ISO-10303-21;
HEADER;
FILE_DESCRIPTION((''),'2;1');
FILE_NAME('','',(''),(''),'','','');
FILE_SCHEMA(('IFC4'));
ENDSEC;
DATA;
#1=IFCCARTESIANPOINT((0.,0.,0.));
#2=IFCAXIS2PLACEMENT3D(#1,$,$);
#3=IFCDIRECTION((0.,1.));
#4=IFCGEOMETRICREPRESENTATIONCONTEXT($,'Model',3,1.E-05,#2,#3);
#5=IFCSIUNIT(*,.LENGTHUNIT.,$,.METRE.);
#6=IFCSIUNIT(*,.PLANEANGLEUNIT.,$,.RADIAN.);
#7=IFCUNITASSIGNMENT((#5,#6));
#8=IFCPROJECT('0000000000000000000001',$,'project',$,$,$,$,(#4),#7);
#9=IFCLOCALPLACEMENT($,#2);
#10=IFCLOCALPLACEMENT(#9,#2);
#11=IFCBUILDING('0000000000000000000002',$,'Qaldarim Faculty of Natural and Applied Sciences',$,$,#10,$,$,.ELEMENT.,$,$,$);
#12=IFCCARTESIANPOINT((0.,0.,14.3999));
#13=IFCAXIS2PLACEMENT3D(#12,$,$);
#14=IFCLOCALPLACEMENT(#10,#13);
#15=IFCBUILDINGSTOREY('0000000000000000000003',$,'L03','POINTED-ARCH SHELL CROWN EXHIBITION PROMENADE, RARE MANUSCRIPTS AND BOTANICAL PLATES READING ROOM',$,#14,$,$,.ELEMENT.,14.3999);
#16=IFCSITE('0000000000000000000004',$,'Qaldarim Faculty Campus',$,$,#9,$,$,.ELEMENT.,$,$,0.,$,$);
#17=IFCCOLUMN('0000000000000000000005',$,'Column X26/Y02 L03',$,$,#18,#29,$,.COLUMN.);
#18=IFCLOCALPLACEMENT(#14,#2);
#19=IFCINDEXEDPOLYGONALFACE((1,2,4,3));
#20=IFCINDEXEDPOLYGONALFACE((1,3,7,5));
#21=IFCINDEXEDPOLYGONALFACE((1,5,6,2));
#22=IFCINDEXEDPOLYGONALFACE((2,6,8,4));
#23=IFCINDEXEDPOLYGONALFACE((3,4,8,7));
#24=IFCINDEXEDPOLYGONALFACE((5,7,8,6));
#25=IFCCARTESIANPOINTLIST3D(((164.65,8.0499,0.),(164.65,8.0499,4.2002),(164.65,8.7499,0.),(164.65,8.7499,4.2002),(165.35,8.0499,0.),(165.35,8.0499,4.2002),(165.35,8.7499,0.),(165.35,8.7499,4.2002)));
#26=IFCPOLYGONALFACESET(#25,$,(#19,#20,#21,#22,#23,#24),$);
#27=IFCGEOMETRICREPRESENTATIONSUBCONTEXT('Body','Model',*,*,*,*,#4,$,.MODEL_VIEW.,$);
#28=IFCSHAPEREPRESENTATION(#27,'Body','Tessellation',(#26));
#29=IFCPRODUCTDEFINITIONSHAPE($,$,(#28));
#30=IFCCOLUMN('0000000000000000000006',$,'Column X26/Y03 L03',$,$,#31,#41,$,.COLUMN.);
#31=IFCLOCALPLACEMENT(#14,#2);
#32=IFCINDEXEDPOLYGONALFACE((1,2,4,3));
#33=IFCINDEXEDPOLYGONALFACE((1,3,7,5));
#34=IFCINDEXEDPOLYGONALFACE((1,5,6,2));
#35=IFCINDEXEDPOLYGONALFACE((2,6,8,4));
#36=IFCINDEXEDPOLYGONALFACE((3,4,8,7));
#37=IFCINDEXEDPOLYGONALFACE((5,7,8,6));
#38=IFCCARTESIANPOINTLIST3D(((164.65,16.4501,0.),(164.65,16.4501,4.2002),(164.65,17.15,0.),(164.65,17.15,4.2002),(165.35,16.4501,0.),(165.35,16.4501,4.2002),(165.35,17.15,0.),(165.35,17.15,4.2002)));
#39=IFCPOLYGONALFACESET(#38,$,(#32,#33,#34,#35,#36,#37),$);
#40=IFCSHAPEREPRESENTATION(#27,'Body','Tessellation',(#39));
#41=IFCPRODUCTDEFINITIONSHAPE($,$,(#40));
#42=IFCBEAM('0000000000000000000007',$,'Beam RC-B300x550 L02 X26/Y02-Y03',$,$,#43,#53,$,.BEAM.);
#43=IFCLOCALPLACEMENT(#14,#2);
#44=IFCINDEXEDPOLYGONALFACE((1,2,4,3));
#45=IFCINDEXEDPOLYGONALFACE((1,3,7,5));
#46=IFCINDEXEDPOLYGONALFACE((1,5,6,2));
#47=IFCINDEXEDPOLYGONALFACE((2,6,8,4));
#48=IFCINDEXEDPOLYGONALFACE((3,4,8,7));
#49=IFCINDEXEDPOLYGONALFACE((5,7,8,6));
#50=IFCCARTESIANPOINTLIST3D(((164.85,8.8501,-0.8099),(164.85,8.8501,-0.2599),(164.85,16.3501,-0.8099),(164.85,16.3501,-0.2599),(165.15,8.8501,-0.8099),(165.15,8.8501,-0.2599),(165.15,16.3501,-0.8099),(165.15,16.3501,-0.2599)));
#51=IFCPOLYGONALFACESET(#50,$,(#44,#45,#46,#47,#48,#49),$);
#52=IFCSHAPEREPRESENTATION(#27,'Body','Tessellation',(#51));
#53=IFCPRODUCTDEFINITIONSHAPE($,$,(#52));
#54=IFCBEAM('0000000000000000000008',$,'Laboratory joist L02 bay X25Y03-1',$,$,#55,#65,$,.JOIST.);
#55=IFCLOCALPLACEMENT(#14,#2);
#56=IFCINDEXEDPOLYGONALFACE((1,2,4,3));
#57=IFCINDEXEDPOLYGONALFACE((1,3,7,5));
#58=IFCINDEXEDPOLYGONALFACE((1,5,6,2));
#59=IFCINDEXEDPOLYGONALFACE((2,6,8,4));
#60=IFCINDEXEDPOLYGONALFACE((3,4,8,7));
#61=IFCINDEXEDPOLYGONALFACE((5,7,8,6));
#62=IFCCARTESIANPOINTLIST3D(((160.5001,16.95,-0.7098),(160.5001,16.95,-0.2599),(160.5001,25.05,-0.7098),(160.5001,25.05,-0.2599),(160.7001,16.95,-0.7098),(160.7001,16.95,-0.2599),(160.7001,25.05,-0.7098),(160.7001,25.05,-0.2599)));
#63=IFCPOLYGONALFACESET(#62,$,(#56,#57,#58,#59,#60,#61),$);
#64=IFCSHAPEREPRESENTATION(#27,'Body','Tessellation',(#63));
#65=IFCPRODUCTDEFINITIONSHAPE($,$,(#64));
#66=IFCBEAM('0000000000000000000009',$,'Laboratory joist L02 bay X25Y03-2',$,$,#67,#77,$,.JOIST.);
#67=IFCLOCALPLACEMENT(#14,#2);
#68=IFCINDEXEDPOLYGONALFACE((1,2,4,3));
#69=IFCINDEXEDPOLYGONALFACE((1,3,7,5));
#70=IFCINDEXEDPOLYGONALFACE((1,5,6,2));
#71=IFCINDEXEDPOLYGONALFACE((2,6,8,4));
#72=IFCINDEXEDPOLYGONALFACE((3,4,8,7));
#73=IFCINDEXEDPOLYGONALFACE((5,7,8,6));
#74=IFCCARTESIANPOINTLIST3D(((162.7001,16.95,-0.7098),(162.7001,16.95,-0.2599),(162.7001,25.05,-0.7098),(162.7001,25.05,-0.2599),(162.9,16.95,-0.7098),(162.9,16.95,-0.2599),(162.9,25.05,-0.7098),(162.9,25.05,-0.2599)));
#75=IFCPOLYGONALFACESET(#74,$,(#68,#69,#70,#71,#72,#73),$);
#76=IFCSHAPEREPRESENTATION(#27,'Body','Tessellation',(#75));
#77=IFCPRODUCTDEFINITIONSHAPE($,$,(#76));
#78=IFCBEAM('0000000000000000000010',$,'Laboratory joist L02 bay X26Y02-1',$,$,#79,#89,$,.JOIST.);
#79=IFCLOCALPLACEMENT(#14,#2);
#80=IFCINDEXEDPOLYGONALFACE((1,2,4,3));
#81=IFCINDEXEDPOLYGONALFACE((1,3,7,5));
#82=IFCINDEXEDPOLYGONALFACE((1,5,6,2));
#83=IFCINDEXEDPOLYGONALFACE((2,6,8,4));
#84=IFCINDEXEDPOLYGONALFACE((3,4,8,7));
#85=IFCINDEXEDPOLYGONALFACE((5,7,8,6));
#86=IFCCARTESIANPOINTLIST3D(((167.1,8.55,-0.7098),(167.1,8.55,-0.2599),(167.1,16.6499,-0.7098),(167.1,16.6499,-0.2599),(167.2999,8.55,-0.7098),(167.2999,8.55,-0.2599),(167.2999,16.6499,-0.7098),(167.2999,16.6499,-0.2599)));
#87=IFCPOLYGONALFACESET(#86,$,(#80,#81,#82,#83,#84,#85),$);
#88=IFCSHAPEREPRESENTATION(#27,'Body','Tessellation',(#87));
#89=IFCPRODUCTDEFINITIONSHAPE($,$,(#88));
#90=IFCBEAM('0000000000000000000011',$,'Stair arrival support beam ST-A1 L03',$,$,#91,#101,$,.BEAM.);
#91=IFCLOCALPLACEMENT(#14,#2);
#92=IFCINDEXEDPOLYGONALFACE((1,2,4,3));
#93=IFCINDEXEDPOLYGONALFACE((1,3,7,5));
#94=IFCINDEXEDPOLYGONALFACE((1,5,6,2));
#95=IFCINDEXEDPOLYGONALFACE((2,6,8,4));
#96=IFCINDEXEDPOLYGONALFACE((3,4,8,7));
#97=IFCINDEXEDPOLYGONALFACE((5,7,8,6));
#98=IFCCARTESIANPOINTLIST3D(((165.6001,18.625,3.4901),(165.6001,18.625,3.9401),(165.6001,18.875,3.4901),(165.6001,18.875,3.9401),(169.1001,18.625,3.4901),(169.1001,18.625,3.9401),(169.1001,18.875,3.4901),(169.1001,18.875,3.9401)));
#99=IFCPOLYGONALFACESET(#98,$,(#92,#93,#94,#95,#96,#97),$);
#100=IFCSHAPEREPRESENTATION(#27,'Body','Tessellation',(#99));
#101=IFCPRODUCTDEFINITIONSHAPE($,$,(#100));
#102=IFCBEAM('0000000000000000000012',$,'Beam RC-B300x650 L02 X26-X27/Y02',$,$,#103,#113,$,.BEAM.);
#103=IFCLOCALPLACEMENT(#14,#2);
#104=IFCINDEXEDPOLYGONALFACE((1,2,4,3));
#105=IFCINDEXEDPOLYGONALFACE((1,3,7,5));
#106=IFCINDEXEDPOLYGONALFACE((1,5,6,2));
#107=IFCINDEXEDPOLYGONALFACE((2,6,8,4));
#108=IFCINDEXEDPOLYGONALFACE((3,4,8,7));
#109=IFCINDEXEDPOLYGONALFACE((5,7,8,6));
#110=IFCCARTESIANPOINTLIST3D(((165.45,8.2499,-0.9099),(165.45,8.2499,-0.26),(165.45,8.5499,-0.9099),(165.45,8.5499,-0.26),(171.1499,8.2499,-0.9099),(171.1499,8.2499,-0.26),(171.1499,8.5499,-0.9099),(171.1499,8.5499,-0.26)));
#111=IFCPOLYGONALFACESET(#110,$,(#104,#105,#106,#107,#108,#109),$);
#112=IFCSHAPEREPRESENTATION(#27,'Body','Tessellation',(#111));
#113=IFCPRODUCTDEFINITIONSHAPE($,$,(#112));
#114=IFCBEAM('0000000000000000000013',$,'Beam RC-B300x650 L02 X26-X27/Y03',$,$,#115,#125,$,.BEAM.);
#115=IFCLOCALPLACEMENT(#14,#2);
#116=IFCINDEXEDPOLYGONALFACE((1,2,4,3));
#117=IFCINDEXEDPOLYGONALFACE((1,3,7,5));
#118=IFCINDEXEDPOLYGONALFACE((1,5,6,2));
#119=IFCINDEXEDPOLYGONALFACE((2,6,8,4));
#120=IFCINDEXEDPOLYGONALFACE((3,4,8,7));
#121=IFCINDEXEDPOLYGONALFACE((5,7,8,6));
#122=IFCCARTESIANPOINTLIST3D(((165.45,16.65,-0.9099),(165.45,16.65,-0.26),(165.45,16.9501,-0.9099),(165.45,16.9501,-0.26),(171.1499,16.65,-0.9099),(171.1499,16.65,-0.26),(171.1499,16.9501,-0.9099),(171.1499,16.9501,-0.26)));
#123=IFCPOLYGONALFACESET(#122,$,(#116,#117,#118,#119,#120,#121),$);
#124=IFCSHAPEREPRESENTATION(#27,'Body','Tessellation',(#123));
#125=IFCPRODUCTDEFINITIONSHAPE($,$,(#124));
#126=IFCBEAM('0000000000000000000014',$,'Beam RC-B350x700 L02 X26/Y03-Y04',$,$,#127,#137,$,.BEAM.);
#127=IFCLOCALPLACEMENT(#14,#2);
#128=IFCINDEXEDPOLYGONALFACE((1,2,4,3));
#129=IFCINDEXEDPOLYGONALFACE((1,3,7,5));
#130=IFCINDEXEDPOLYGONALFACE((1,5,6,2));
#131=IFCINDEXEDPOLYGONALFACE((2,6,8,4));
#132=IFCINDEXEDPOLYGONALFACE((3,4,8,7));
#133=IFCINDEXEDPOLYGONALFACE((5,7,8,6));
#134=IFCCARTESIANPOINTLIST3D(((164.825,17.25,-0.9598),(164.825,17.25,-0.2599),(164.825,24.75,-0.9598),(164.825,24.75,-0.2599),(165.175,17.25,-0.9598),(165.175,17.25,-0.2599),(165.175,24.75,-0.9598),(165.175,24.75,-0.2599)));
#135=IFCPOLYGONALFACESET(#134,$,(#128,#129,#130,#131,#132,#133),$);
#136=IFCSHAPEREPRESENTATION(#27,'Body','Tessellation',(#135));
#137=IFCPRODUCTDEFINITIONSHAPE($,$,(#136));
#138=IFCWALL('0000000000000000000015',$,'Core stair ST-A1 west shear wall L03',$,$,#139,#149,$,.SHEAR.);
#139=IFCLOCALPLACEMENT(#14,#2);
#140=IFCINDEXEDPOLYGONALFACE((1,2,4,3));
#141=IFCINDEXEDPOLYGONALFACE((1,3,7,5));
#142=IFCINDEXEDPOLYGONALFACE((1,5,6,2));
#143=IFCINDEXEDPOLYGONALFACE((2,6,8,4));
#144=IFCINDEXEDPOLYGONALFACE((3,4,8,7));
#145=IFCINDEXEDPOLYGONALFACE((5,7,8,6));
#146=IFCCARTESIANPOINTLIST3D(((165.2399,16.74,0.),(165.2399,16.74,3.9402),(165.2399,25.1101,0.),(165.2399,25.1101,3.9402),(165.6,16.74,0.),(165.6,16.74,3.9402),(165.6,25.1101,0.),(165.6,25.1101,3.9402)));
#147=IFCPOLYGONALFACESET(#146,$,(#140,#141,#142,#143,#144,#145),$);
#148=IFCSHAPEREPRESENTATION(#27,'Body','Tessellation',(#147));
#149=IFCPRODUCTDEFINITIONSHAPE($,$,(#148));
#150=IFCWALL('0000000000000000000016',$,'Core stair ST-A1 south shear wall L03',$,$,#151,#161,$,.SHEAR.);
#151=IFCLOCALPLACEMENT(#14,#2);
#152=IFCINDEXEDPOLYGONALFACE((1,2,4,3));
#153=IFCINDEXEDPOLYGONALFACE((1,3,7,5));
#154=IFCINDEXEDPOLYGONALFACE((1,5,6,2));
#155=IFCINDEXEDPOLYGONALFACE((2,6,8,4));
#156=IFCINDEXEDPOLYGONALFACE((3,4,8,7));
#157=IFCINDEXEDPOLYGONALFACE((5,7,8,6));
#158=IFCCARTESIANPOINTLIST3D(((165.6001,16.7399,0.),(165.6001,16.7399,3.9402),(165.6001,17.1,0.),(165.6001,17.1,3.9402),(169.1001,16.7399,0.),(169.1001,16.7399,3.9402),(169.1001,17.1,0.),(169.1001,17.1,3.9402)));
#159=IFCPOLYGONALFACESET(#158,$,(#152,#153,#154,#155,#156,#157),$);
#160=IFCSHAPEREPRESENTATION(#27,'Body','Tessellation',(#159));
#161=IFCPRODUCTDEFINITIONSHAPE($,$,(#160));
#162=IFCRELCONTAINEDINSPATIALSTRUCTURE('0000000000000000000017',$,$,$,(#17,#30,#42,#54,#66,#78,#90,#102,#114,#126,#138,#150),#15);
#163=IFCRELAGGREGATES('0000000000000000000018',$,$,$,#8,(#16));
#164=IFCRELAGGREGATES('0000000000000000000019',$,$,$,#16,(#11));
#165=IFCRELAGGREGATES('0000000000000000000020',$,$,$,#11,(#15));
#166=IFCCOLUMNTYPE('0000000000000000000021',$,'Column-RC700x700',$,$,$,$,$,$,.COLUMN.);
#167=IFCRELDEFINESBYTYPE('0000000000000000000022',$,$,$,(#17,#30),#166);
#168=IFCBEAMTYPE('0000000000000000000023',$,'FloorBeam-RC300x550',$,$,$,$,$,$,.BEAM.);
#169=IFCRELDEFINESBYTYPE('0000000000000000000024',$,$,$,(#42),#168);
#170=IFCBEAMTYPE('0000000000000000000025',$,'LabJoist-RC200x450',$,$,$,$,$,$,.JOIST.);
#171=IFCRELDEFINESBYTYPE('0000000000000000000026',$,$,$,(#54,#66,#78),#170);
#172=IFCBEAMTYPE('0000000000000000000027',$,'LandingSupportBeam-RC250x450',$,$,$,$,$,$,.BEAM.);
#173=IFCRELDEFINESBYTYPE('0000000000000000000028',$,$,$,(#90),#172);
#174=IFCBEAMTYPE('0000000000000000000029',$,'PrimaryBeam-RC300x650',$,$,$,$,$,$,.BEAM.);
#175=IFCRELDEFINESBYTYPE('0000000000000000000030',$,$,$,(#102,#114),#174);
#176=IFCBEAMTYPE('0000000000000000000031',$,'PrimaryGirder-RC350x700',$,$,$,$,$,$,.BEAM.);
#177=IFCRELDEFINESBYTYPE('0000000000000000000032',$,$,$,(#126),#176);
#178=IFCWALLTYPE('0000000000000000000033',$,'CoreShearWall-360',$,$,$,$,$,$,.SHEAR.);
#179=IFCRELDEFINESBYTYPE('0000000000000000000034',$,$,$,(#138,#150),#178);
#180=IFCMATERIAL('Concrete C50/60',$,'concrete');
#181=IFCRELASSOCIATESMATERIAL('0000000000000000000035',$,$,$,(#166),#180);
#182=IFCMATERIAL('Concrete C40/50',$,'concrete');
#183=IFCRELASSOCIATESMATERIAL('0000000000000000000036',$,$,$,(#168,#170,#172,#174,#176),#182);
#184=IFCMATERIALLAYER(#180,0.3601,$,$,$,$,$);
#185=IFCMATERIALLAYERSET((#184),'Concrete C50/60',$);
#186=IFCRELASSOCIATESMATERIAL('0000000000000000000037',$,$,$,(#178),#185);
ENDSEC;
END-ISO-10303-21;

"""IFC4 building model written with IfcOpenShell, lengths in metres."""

from ifc_helpers import new_model, si_unit, direction, frame, frame_2d, origin, origin_2d, place, context, subcontext, project, spatial, rectangle, extrude, material, layer, layer_set, material_profile, profile_set, type_object, element, save


model = new_model("IFC4")

# Units and contexts
model_context = context("Model", 3, precision=1e-05, world=origin(), true_north=direction((0.0, 1.0)))
body_context = subcontext(model_context, "Body", "Model", "MODEL_VIEW")
ifc_project = project(units=[si_unit("LENGTHUNIT", "METRE"), si_unit("PLANEANGLEUNIT", "RADIAN")], contexts=[model_context])

# Site, building, storey
site_placement = place(None, origin())
site = spatial("IfcSite", under=ifc_project, at=site_placement, Name="Qaldarim Faculty Campus", CompositionType="ELEMENT", RefElevation=0.0)
building_placement = place(site_placement, origin())
building = spatial("IfcBuilding", under=site, at=building_placement, Name="Qaldarim Faculty of Natural and Applied Sciences", CompositionType="ELEMENT")
storey_placement = place(building_placement, frame((0.0, 0.0, 14.3999)))
storey = spatial("IfcBuildingStorey", under=building, at=storey_placement, Name="L03", Description="POINTED-ARCH SHELL CROWN EXHIBITION PROMENADE, RARE MANUSCRIPTS AND BOTANICAL PLATES READING ROOM", CompositionType="ELEMENT", Elevation=14.3999)

# Columns
ifc_material_1 = material(Name="Concrete C50/60", Category="concrete")
ifc_material_profile_1 = material_profile(ifc_material_1, rectangle(XDim=0.7, YDim=0.7, at=origin_2d()), Name="RC-C700x700")
ifc_profile_set_1 = profile_set([ifc_material_profile_1], Name="Concrete C50/60")
column_type = type_object("IfcColumnType", Name="Column-RC700x700", PredefinedType="COLUMN", material=ifc_profile_set_1)
for number, where, z_axis, x_axis, name in (
    (1, (165.0, 8.3999, 0.0), (0.0, 0.0, 1.0), (1.0, 0.0, 0.0), "Column X26/Y02 L03"),
    (2, (165.0, 16.8, 0.0), (0.0, 0.0, 1.0), (1.0, 0.0, 0.0), "Column X26/Y03 L03"),
):
    element("IfcColumn", number, at=place(storey_placement, frame(where, z_axis=z_axis, x_axis=x_axis)), inside=storey, type_object=column_type, Name=name, PredefinedType="COLUMN", context=body_context, shape_type="SweptSolid", body=[
        extrude(rectangle(XDim=0.7, YDim=0.7, at=origin_2d()), origin(), (0.0, 0.0, 1.0), 4.2002),
    ])

# Beams
ifc_material_2 = material(Name="Concrete C40/50", Category="concrete")
ifc_material_profile_2 = material_profile(ifc_material_2, rectangle(XDim=0.3, YDim=0.55, at=origin_2d()), Name="RC-B300x550")
ifc_profile_set_2 = profile_set([ifc_material_profile_2], Name="Concrete C40/50")
beam_type_1 = type_object("IfcBeamType", Name="FloorBeam-RC300x550", PredefinedType="BEAM", material=ifc_profile_set_2)
beam_1_placement = place(storey_placement, frame((165.0, 8.8501, -0.5349), z_axis=(0.0, 1.0, 0.0), x_axis=(-1.0, 0.0, 0.0)))
element("IfcBeam", 3, at=beam_1_placement, inside=storey, type_object=beam_type_1, Name="Beam RC-B300x550 L02 X26/Y02-Y03", PredefinedType="BEAM", context=body_context, shape_type="SweptSolid", body=[
    extrude(rectangle(XDim=0.3, YDim=0.55, at=origin_2d()), origin(), (0.0, 0.0, 1.0), 7.5),
])
ifc_material_profile_3 = material_profile(ifc_material_2, rectangle(XDim=0.2, YDim=0.45, at=origin_2d()), Name="RC-J200x450")
ifc_profile_set_3 = profile_set([ifc_material_profile_3], Name="Concrete C40/50")
beam_type_2 = type_object("IfcBeamType", Name="LabJoist-RC200x450", PredefinedType="JOIST", material=ifc_profile_set_3)
for number, where, z_axis, x_axis, name in (
    (4, (160.6001, 16.95, -0.4849), (0.0, 1.0, 0.0), (-1.0, 0.0, 0.0), "Laboratory joist L02 bay X25Y03-1"),
    (5, (162.8, 16.95, -0.4849), (0.0, 1.0, 0.0), (-1.0, 0.0, 0.0), "Laboratory joist L02 bay X25Y03-2"),
):
    element("IfcBeam", number, at=place(storey_placement, frame(where, z_axis=z_axis, x_axis=x_axis)), inside=storey, type_object=beam_type_2, Name=name, PredefinedType="JOIST", context=body_context, shape_type="SweptSolid", body=[
        extrude(rectangle(XDim=0.2, YDim=0.45, at=origin_2d()), origin(), (0.0, 0.0, 1.0), 8.1001),
    ])
beam_2_placement = place(storey_placement, frame((167.2, 8.55, -0.4849), z_axis=(0.0, 1.0, 0.0), x_axis=(-1.0, 0.0, 0.0)))
element("IfcBeam", 6, at=beam_2_placement, inside=storey, type_object=beam_type_2, Name="Laboratory joist L02 bay X26Y02-1", PredefinedType="JOIST", context=body_context, shape_type="SweptSolid", body=[
    extrude(rectangle(XDim=0.2, YDim=0.45, at=origin_2d()), origin(), (0.0, 0.0, 1.0), 8.0999),
])
ifc_material_profile_4 = material_profile(ifc_material_2, rectangle(XDim=0.25, YDim=0.45, at=origin_2d()), Name="RC-LN250x450")
ifc_profile_set_4 = profile_set([ifc_material_profile_4], Name="Concrete C40/50")
beam_type_3 = type_object("IfcBeamType", Name="LandingSupportBeam-RC250x450", PredefinedType="BEAM", material=ifc_profile_set_4)
beam_3_placement = place(storey_placement, frame((165.6001, 18.75, 3.7151), z_axis=(1.0, 0.0, 0.0), x_axis=(0.0, 1.0, 0.0)))
element("IfcBeam", 7, at=beam_3_placement, inside=storey, type_object=beam_type_3, Name="Stair arrival support beam ST-A1 L03", PredefinedType="BEAM", context=body_context, shape_type="SweptSolid", body=[
    extrude(rectangle(XDim=0.25, YDim=0.45, at=origin_2d()), origin(), (0.0, 0.0, 1.0), 3.5),
])
ifc_material_profile_5 = material_profile(ifc_material_2, rectangle(XDim=0.3, YDim=0.6499, at=origin_2d()), Name="RC-B300x650")
ifc_profile_set_5 = profile_set([ifc_material_profile_5], Name="Concrete C40/50")
beam_type_4 = type_object("IfcBeamType", Name="PrimaryBeam-RC300x650", PredefinedType="BEAM", material=ifc_profile_set_5)
for number, where, z_axis, x_axis, name in (
    (8, (165.45, 8.3999, -0.585), (1.0, 0.0, 0.0), (0.0, 1.0, 0.0), "Beam RC-B300x650 L02 X26-X27/Y02"),
    (9, (165.45, 16.8, -0.585), (1.0, 0.0, 0.0), (0.0, 1.0, 0.0), "Beam RC-B300x650 L02 X26-X27/Y03"),
):
    element("IfcBeam", number, at=place(storey_placement, frame(where, z_axis=z_axis, x_axis=x_axis)), inside=storey, type_object=beam_type_4, Name=name, PredefinedType="BEAM", context=body_context, shape_type="SweptSolid", body=[
        extrude(rectangle(XDim=0.3, YDim=0.6499, at=origin_2d()), origin(), (0.0, 0.0, 1.0), 5.7),
    ])
ifc_material_profile_6 = material_profile(ifc_material_2, rectangle(XDim=0.3501, YDim=0.7, at=origin_2d()), Name="RC-B350x700")
ifc_profile_set_6 = profile_set([ifc_material_profile_6], Name="Concrete C40/50")
beam_type_5 = type_object("IfcBeamType", Name="PrimaryGirder-RC350x700", PredefinedType="BEAM", material=ifc_profile_set_6)
beam_4_placement = place(storey_placement, frame((165.0, 17.25, -0.6099), z_axis=(0.0, 1.0, 0.0), x_axis=(-1.0, 0.0, 0.0)))
element("IfcBeam", 10, at=beam_4_placement, inside=storey, type_object=beam_type_5, Name="Beam RC-B350x700 L02 X26/Y03-Y04", PredefinedType="BEAM", context=body_context, shape_type="SweptSolid", body=[
    extrude(rectangle(XDim=0.3501, YDim=0.7, at=origin_2d()), origin(), (0.0, 0.0, 1.0), 7.5),
])

# Wall
ifc_layer_1 = layer(ifc_material_1, 0.3601)
ifc_layer_set_1 = layer_set([ifc_layer_1], Name="Concrete C50/60")
wall_type_1 = type_object("IfcWallType", Name="CoreShearWall-360", PredefinedType="SHEAR", material=ifc_layer_set_1)
wall_1_placement = place(storey_placement, frame((165.4199, 16.74, 0.0), z_axis=(0.0, 0.0, 1.0), x_axis=(0.0, 1.0, 0.0)))
element("IfcWall", 11, at=wall_1_placement, inside=storey, type_object=wall_type_1, Name="Core stair ST-A1 west shear wall L03", PredefinedType="SHEAR", context=body_context, shape_type="SweptSolid", body=[
    extrude(rectangle(XDim=8.3701, YDim=0.3601, at=frame_2d((4.1851, 0.0))), origin(), (0.0, 0.0, 1.0), 3.9402),
])

# Wall
wall_2_placement = place(storey_placement, frame((165.6001, 16.9199, 0.0), z_axis=(0.0, 0.0, 1.0), x_axis=(1.0, 0.0, 0.0)))
element("IfcWall", 12, at=wall_2_placement, inside=storey, type_object=wall_type_1, Name="Core stair ST-A1 south shear wall L03", PredefinedType="SHEAR", context=body_context, shape_type="SweptSolid", body=[
    extrude(rectangle(XDim=3.5, YDim=0.3601, at=frame_2d((1.75, 0.0))), origin(), (0.0, 0.0, 1.0), 3.9402),
])

save(model, "model.ifc")
